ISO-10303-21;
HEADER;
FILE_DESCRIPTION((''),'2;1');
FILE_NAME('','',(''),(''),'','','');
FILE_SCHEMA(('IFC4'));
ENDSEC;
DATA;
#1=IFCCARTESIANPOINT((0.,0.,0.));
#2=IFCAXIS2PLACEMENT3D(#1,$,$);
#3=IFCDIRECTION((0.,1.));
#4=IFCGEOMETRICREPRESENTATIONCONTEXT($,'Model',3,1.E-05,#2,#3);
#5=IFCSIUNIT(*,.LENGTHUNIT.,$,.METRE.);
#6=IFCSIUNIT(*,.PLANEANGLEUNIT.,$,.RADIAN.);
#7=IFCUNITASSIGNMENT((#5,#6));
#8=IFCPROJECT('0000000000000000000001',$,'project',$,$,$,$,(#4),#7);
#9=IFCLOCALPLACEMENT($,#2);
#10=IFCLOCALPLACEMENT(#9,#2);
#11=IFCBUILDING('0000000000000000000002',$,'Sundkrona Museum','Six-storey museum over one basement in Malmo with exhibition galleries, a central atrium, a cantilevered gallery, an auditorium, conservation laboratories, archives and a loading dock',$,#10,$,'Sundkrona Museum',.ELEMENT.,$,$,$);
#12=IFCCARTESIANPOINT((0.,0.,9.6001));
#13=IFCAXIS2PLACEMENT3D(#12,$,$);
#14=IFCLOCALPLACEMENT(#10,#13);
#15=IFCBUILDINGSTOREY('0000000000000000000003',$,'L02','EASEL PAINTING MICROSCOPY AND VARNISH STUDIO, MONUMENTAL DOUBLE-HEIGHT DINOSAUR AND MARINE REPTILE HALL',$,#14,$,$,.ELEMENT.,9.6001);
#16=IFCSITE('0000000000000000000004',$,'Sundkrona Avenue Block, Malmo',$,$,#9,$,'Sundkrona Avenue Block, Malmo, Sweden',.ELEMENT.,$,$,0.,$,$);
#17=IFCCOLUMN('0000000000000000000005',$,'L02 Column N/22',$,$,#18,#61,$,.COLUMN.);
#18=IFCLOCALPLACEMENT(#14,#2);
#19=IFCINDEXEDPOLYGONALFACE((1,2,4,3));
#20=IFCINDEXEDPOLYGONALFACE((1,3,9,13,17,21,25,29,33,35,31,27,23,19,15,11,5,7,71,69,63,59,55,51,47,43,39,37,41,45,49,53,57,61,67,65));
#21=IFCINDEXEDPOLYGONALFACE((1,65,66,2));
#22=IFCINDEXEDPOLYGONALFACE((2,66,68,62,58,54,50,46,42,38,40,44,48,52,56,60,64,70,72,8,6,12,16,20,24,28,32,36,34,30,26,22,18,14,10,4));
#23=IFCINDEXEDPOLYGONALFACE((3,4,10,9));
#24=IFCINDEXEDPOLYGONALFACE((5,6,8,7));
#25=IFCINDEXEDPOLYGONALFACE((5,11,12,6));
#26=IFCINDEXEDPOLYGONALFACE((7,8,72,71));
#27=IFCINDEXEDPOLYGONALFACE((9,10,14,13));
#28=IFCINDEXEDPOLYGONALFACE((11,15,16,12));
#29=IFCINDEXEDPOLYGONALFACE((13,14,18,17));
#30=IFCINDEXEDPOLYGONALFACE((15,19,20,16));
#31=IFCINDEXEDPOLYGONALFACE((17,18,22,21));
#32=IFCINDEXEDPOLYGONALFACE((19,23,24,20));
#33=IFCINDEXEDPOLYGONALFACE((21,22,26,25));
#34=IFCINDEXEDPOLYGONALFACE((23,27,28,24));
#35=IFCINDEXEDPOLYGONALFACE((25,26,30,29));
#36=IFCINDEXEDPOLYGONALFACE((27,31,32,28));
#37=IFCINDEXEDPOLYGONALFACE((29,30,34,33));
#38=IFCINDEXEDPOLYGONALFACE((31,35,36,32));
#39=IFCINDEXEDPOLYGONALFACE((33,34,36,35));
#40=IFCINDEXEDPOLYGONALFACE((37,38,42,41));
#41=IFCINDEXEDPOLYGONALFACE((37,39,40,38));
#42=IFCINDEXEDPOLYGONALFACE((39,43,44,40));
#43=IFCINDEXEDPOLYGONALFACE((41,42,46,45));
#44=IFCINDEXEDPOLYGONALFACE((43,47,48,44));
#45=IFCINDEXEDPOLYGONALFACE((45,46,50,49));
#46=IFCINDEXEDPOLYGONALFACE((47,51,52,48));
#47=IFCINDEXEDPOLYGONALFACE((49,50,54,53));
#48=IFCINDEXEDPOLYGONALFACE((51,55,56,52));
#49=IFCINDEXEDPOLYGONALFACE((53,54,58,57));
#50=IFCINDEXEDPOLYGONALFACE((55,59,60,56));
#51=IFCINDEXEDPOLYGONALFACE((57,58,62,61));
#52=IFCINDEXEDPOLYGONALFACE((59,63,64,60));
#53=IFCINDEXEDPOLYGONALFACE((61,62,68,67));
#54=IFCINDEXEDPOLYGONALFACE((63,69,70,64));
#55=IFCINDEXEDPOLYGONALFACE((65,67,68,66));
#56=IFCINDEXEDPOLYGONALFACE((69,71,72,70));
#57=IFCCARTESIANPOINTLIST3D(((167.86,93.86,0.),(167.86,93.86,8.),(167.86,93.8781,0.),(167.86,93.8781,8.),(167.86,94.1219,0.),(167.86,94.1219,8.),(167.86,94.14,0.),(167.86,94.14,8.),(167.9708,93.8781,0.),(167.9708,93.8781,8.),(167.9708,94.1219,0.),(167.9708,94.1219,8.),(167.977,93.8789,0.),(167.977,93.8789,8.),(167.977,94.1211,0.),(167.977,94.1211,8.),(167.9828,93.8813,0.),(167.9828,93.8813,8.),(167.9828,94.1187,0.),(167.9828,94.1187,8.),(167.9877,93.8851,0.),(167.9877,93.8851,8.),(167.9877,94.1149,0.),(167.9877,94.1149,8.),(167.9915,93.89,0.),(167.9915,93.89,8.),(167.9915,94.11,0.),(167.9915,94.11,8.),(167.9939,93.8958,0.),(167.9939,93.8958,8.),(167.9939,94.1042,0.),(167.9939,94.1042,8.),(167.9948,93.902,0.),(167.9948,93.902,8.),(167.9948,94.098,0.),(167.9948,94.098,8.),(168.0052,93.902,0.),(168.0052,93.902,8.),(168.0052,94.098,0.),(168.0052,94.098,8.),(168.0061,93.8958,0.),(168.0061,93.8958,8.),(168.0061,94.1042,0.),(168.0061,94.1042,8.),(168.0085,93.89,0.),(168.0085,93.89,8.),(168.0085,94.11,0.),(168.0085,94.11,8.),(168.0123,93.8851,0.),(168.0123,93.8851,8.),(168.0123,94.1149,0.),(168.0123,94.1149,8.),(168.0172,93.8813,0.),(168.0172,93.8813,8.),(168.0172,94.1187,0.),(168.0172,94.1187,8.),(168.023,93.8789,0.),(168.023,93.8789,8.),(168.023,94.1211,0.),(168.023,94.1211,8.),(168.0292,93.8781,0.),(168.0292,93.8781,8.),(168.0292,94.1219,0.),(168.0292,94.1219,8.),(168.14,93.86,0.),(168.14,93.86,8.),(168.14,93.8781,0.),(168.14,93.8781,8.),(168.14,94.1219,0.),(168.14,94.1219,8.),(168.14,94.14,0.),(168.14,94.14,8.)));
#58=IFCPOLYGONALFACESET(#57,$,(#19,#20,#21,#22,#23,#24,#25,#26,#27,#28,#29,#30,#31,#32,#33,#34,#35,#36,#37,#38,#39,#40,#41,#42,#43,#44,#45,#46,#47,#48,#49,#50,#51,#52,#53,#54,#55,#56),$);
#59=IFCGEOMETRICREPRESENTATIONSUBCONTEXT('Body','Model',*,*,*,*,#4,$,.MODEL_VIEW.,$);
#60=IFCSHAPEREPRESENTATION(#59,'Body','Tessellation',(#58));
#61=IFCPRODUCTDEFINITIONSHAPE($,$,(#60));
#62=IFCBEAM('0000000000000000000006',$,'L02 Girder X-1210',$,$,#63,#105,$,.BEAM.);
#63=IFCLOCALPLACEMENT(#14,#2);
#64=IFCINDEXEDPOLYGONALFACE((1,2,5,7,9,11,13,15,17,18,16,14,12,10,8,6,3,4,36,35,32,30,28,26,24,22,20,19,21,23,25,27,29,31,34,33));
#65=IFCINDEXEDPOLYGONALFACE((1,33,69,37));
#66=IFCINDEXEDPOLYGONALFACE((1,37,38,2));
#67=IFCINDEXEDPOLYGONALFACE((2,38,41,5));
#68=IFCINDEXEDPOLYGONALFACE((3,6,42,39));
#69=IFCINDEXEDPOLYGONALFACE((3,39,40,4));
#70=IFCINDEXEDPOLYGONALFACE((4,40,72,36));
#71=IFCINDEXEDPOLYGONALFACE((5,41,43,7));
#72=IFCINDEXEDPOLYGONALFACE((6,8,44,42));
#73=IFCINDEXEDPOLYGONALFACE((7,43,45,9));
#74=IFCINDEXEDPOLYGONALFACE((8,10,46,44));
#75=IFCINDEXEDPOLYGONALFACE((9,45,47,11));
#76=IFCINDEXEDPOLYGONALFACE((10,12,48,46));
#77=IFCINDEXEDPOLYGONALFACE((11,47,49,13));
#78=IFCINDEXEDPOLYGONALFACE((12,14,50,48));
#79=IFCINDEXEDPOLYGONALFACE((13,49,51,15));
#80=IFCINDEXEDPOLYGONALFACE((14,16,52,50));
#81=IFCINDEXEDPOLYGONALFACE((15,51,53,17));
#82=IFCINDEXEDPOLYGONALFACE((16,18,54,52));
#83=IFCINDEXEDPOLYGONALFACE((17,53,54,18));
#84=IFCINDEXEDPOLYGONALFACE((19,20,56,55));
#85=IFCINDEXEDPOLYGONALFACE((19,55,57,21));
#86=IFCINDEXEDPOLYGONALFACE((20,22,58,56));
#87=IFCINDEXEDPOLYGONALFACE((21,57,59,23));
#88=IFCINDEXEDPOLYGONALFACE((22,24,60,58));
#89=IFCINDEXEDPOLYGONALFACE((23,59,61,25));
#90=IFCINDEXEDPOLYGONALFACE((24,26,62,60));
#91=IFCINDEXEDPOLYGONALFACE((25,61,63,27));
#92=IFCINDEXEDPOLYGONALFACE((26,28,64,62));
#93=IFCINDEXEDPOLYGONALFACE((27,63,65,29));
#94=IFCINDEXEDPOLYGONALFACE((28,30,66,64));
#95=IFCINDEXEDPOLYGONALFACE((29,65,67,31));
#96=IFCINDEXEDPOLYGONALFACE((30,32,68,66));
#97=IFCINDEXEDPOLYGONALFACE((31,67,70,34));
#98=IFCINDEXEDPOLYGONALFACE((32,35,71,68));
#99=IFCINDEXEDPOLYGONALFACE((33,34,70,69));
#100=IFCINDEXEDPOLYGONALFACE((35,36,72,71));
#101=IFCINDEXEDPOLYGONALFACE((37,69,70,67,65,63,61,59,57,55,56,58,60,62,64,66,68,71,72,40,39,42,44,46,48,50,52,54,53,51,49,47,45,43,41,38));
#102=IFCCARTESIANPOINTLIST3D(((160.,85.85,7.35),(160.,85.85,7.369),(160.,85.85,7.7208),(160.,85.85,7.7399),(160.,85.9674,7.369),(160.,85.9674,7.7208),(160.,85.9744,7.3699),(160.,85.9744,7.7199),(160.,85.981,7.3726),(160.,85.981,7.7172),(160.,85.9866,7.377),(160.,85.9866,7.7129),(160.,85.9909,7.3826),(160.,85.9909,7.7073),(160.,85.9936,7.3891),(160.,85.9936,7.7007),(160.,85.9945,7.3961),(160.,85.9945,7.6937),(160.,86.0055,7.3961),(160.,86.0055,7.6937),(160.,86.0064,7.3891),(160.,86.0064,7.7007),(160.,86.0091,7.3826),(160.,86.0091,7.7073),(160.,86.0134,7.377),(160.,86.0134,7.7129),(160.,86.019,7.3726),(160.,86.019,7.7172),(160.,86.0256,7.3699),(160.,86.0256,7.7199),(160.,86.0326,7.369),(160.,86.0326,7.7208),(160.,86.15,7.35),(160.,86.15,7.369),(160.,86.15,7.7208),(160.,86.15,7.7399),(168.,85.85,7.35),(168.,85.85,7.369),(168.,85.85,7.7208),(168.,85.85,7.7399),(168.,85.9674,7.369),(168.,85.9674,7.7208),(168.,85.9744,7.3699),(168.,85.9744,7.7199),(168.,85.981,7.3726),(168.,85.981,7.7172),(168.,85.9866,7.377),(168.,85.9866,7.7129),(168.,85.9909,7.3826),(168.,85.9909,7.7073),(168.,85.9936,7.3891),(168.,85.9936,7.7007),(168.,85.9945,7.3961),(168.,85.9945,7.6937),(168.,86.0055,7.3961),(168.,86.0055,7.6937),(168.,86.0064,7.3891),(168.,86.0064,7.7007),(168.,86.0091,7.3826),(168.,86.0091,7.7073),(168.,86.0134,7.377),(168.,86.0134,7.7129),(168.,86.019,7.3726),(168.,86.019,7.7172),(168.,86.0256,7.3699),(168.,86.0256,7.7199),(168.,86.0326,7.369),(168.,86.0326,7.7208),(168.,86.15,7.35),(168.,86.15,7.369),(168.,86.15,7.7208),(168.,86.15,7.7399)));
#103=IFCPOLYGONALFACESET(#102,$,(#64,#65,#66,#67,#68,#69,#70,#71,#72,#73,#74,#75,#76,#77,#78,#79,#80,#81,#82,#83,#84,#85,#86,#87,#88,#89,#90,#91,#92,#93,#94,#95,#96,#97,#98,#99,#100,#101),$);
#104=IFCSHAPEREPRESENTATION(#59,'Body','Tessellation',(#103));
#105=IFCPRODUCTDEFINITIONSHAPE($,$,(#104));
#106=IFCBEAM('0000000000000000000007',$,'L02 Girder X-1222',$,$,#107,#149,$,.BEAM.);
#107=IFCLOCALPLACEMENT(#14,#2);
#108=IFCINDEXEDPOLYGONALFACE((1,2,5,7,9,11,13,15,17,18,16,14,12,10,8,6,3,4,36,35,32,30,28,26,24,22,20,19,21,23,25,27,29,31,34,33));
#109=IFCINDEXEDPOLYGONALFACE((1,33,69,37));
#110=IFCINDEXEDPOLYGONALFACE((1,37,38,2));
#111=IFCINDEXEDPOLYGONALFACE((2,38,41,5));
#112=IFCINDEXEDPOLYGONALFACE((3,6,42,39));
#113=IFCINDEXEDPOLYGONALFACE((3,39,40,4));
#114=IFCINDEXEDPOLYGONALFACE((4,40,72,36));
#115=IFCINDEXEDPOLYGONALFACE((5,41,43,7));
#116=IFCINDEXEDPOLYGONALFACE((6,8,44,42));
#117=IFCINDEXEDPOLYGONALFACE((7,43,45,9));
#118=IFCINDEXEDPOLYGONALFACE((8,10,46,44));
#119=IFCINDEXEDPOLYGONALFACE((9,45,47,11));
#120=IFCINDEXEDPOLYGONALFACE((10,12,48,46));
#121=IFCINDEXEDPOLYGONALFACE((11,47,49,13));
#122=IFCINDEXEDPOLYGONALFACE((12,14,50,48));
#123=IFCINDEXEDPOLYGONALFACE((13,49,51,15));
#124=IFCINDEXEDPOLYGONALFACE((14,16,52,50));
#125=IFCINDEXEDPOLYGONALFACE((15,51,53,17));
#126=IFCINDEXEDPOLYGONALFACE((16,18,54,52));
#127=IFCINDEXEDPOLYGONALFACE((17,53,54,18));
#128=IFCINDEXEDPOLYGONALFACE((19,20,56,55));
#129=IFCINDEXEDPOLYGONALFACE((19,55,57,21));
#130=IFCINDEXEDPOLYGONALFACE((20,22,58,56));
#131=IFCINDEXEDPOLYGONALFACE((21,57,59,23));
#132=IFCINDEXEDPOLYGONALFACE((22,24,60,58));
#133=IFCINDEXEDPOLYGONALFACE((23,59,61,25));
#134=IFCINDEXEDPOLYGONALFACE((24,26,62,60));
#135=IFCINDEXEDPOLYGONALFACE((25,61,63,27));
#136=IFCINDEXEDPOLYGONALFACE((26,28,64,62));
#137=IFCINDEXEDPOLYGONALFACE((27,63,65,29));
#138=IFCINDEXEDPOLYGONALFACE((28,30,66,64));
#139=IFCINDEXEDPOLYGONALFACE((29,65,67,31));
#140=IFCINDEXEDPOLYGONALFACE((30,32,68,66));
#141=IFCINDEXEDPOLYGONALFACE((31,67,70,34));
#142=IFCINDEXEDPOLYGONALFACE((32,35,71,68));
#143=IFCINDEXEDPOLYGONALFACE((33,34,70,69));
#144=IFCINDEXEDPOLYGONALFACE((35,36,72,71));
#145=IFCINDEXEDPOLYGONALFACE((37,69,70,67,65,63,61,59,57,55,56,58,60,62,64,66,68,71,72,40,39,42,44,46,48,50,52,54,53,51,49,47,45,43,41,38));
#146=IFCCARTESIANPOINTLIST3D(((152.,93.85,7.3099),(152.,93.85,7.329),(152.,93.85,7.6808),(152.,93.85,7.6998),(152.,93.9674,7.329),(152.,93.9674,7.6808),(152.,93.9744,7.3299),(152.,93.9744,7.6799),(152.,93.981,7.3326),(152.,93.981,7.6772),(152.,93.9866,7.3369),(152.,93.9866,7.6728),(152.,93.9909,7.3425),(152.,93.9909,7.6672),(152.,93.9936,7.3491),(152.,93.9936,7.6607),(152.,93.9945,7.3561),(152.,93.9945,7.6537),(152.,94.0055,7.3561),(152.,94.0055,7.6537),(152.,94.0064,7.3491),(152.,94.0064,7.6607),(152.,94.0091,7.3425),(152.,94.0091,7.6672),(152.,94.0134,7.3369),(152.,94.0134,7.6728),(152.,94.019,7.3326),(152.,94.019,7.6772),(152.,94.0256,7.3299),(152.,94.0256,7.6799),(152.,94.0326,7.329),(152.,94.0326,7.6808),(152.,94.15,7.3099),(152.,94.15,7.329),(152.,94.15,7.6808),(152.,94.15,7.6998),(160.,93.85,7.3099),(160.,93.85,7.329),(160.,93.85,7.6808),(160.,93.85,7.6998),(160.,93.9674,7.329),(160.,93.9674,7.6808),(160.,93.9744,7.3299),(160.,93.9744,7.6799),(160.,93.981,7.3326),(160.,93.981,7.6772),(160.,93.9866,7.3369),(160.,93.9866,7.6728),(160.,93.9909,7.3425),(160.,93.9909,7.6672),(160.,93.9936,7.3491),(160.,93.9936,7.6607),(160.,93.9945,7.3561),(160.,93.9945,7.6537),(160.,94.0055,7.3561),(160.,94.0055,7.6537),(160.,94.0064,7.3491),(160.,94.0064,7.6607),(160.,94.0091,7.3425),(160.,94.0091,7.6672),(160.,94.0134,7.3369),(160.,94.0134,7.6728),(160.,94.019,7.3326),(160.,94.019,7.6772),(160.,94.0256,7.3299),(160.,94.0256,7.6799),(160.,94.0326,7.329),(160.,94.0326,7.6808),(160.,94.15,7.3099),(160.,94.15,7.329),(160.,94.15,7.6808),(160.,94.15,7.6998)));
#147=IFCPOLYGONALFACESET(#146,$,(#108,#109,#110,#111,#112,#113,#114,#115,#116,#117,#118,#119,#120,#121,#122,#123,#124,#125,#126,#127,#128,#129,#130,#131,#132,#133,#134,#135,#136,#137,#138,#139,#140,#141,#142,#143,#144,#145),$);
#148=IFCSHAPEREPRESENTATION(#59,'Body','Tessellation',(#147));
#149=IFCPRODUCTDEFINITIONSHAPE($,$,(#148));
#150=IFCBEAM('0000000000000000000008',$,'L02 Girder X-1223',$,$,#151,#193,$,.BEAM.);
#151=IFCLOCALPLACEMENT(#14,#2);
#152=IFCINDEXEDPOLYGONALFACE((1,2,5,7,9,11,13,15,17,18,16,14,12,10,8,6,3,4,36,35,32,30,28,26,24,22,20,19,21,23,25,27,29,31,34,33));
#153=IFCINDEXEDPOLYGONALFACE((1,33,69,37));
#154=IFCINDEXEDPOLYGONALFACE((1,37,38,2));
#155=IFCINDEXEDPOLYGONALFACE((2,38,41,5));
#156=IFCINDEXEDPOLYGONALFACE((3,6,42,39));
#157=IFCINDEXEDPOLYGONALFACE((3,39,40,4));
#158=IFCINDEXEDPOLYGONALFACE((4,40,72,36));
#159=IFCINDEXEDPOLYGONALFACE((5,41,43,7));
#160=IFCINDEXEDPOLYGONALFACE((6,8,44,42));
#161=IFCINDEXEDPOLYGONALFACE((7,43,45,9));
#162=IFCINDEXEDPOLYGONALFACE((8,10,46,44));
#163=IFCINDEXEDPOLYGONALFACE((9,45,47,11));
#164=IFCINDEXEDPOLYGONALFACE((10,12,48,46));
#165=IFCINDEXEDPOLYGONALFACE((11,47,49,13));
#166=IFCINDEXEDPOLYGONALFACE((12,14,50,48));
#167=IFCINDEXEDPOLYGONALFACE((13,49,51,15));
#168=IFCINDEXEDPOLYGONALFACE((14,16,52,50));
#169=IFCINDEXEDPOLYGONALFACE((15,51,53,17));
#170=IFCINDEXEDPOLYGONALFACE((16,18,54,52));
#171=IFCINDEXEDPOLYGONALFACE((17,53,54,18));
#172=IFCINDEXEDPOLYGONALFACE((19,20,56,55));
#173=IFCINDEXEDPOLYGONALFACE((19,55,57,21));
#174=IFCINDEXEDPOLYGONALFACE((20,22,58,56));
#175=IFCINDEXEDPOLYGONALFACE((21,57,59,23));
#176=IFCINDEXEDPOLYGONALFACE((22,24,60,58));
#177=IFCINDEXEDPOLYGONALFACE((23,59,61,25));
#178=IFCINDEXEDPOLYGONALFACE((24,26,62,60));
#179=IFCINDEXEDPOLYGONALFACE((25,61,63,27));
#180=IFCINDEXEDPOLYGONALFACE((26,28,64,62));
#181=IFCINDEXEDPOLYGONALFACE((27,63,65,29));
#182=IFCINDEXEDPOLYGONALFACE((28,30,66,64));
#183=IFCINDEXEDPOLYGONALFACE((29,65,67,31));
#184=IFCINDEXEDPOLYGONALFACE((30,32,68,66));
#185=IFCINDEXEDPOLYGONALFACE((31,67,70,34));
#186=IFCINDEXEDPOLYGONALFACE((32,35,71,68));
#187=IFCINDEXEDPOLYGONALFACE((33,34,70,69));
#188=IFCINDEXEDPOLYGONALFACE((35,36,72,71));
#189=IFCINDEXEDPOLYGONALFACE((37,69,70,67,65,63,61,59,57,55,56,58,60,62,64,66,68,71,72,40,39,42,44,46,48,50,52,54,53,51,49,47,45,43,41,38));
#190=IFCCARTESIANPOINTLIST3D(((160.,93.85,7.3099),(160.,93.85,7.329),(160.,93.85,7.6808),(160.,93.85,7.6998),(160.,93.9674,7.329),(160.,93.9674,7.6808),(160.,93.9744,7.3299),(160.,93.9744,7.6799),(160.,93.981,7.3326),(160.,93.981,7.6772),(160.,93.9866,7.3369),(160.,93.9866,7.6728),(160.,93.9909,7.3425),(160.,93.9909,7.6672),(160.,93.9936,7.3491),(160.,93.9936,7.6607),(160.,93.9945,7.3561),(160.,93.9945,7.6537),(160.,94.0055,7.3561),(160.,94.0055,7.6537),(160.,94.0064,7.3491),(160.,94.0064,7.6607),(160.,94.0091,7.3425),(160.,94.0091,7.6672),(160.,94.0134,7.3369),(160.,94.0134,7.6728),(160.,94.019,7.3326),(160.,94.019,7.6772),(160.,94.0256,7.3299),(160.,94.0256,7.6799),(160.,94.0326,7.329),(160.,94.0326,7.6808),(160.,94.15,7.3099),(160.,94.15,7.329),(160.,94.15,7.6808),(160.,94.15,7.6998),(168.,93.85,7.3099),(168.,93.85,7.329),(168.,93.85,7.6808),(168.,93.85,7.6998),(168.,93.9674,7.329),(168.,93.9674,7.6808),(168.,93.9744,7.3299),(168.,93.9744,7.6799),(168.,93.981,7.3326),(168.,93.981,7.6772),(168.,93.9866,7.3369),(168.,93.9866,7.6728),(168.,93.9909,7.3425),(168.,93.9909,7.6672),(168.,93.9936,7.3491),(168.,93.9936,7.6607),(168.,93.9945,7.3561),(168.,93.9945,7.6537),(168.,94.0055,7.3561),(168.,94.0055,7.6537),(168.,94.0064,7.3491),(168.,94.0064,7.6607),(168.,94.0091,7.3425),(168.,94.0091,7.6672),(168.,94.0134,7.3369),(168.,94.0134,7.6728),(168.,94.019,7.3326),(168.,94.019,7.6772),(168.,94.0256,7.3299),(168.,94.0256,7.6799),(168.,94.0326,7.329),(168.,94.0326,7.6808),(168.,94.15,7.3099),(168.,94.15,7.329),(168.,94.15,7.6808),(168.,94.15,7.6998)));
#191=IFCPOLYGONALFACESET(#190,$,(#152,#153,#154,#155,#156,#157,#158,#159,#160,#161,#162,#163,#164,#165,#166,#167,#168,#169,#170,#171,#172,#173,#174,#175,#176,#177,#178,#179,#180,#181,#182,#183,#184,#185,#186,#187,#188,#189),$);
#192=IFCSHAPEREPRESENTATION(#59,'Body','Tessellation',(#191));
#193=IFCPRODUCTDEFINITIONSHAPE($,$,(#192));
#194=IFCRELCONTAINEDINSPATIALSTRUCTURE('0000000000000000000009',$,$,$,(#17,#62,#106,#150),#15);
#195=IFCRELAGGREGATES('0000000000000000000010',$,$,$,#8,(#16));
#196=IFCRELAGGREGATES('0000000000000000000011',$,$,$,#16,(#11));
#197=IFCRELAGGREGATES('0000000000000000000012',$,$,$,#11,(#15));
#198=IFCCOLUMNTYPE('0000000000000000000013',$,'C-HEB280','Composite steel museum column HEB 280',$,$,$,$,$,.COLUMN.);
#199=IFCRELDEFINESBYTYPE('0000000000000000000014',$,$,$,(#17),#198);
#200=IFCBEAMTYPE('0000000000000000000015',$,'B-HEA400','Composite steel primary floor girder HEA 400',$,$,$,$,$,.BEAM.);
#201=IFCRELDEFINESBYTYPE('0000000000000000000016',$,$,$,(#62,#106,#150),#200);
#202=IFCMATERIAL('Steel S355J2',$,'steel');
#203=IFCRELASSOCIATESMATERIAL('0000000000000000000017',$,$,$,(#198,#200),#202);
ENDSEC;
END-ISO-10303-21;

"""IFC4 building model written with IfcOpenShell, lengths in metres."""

from ifc_helpers import new_model, si_unit, direction, frame, origin, origin_2d, place, context, subcontext, project, spatial, i_section, extrude, material, material_profile, profile_set, type_object, element, save


model = new_model("IFC4")

# Units and contexts
model_context = context("Model", 3, precision=1e-05, world=origin(), true_north=direction((0.0, 1.0)))
body_context = subcontext(model_context, "Body", "Model", "MODEL_VIEW")
ifc_project = project(units=[si_unit("LENGTHUNIT", "METRE"), si_unit("PLANEANGLEUNIT", "RADIAN")], contexts=[model_context])

# Site, building, storey
site_placement = place(None, origin())
site = spatial("IfcSite", under=ifc_project, at=site_placement, Name="Sundkrona Avenue Block, Malmo", LongName="Sundkrona Avenue Block, Malmo, Sweden", CompositionType="ELEMENT", RefElevation=0.0)
building_placement = place(site_placement, origin())
building = spatial("IfcBuilding", under=site, at=building_placement, Name="Sundkrona Museum", Description="Six-storey museum over one basement in Malmo with exhibition galleries, a central atrium, a cantilevered gallery, an auditorium, conservation laboratories, archives and a loading dock", LongName="Sundkrona Museum", CompositionType="ELEMENT")
storey_placement = place(building_placement, frame((0.0, 0.0, 9.6001)))
storey = spatial("IfcBuildingStorey", under=building, at=storey_placement, Name="L02", Description="EASEL PAINTING MICROSCOPY AND VARNISH STUDIO, MONUMENTAL DOUBLE-HEIGHT DINOSAUR AND MARINE REPTILE HALL", CompositionType="ELEMENT", Elevation=9.6001)

# Column
ifc_material_1 = material(Name="Steel S355J2", Category="steel")
ifc_material_profile_1 = material_profile(ifc_material_1, i_section(OverallWidth=0.28, OverallDepth=0.28, WebThickness=0.0105, FlangeThickness=0.0181, FilletRadius=0.0239, at=origin_2d()), Name="HEB 280")
ifc_profile_set_1 = profile_set([ifc_material_profile_1], Name="Steel S355J2")
column_type = type_object("IfcColumnType", Name="C-HEB280", Description="Composite steel museum column HEB 280", PredefinedType="COLUMN", material=ifc_profile_set_1)
for number, where, z_axis, x_axis, name in (
    (1, (168.0, 94.0, 0.0), (0.0, 0.0, 1.0), (1.0, 0.0, 0.0), "L02 Column N/22"),
):
    element("IfcColumn", number, at=place(storey_placement, frame(where, z_axis=z_axis, x_axis=x_axis)), inside=storey, type_object=column_type, Name=name, PredefinedType="COLUMN", context=body_context, shape_type="SweptSolid", body=[
        extrude(i_section(OverallWidth=0.28, OverallDepth=0.28, WebThickness=0.0105, FlangeThickness=0.0181, FilletRadius=0.0239, at=origin_2d()), origin(), (0.0, 0.0, 1.0), 8.0),
    ])

# Beams
ifc_material_profile_2 = material_profile(ifc_material_1, i_section(OverallWidth=0.3, OverallDepth=0.3899, WebThickness=0.011, FlangeThickness=0.019, FilletRadius=0.0271, at=origin_2d()), Name="HEA 400")
ifc_profile_set_2 = profile_set([ifc_material_profile_2], Name="Steel S355J2")
beam_type_1 = type_object("IfcBeamType", Name="B-HEA400", Description="Composite steel primary floor girder HEA 400", PredefinedType="BEAM", material=ifc_profile_set_2)
for number, where, z_axis, x_axis, name in (
    (2, (160.0, 86.0, 7.5449), (1.0, 0.0, 0.0), (0.0, 1.0, 0.0), "L02 Girder X-1210"),
    (3, (152.0, 94.0, 7.5049), (1.0, 0.0, 0.0), (0.0, 1.0, 0.0), "L02 Girder X-1222"),
    (4, (160.0, 94.0, 7.5049), (1.0, 0.0, 0.0), (0.0, 1.0, 0.0), "L02 Girder X-1223"),
):
    element("IfcBeam", number, at=place(storey_placement, frame(where, z_axis=z_axis, x_axis=x_axis)), inside=storey, type_object=beam_type_1, Name=name, PredefinedType="BEAM", context=body_context, shape_type="SweptSolid", body=[
        extrude(i_section(OverallWidth=0.3, OverallDepth=0.3899, WebThickness=0.011, FlangeThickness=0.019, FilletRadius=0.0271, at=origin_2d()), origin(), (0.0, 0.0, 1.0), 8.0),
    ])

save(model, "model.ifc")
